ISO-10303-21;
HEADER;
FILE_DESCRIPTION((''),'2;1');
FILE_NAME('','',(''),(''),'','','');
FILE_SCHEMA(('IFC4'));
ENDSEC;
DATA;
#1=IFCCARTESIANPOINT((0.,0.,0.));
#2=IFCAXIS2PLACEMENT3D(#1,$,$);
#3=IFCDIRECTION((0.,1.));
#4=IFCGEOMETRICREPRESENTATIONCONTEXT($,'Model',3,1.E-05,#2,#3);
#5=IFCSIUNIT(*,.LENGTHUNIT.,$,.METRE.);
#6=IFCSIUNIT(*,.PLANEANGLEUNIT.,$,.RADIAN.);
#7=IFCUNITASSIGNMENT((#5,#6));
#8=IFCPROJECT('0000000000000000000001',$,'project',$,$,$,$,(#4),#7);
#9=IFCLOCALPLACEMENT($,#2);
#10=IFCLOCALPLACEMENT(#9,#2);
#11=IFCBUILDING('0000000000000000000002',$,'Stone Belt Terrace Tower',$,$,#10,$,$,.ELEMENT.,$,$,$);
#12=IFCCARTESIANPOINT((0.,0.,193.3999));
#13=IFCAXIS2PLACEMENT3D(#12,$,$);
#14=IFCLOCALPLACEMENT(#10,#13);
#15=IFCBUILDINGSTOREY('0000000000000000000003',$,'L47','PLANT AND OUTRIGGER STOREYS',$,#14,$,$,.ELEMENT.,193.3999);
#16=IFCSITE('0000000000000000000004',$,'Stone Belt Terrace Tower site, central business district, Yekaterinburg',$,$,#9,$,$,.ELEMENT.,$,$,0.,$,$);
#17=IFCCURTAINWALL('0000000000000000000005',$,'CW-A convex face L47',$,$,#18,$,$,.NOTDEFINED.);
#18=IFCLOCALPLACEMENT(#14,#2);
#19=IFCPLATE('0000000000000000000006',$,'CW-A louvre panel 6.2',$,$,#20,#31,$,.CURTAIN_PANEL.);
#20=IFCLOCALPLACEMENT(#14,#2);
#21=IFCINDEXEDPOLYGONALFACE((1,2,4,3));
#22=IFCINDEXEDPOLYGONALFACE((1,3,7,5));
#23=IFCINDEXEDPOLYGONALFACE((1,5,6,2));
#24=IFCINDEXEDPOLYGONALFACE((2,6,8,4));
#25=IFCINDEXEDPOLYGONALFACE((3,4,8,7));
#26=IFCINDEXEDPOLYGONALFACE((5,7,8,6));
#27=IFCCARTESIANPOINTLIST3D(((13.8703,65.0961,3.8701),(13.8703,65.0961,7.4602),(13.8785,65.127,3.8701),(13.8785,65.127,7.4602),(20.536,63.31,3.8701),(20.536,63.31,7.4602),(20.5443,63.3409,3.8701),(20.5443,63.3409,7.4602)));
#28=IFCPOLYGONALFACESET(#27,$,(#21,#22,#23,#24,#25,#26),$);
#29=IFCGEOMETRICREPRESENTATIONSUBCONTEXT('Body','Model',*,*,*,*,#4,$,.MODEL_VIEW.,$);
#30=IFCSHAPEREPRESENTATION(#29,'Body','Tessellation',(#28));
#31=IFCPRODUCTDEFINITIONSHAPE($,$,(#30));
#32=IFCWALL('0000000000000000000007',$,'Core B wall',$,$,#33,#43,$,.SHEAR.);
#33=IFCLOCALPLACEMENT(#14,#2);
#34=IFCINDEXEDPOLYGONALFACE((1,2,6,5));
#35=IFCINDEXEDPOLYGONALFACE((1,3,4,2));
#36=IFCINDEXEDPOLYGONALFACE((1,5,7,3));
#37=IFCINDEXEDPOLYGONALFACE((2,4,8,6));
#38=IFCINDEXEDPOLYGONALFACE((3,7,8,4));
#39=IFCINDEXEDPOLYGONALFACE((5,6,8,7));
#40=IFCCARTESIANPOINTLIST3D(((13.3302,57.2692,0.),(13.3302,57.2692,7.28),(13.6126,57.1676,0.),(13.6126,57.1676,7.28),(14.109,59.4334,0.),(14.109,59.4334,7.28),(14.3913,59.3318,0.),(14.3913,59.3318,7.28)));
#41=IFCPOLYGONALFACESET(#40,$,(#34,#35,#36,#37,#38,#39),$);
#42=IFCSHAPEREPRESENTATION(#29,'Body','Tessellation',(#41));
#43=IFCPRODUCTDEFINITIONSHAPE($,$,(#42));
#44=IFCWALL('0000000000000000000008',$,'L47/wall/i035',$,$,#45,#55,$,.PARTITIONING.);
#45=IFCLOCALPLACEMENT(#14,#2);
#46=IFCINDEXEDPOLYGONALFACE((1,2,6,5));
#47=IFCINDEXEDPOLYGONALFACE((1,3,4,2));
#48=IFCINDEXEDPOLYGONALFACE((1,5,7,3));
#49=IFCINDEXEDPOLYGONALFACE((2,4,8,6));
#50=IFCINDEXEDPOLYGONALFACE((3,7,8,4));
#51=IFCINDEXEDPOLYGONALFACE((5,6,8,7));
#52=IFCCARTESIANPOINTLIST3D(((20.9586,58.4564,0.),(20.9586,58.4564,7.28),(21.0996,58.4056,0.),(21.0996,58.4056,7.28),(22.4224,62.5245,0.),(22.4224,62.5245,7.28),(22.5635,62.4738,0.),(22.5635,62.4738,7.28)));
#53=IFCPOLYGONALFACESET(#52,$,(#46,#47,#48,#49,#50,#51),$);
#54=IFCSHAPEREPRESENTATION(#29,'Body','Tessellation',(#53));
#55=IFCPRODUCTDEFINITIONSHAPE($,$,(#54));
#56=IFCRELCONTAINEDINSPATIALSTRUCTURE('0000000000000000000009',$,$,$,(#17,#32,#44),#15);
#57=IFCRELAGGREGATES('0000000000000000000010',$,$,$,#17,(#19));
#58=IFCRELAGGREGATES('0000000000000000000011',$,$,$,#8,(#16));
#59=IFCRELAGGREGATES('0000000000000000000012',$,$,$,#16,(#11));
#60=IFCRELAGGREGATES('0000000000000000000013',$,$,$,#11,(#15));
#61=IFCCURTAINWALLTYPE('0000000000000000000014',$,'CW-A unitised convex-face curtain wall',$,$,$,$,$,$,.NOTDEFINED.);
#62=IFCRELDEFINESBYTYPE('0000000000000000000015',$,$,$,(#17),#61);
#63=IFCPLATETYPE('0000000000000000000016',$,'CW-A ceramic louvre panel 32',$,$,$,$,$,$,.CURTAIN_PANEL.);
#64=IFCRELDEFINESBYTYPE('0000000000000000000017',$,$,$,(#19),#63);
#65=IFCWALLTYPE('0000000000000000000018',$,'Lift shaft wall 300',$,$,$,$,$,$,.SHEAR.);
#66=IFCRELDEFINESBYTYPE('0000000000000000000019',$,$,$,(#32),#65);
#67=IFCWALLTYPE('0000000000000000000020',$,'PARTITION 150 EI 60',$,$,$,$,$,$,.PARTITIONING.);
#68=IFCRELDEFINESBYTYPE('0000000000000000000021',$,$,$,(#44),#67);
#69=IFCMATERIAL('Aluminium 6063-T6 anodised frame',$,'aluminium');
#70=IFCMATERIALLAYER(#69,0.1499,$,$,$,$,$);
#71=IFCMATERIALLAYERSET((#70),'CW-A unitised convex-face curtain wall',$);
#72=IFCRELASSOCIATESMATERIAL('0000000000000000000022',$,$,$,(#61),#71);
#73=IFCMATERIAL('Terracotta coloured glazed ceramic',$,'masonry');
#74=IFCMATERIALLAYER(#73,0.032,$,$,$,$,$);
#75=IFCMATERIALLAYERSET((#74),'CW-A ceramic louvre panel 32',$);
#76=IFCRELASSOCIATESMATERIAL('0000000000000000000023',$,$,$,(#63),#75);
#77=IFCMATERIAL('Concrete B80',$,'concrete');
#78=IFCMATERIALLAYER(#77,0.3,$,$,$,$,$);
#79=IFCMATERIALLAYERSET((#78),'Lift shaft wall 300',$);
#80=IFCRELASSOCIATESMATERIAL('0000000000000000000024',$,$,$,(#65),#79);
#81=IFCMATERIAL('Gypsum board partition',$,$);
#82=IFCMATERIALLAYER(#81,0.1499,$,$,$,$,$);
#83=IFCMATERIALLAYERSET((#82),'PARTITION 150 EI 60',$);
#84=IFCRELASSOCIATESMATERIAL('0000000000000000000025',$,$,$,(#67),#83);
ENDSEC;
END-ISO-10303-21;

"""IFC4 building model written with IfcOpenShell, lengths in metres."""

from ifc_helpers import new_model, si_unit, direction, frame, frame_2d, origin, origin_2d, place, context, subcontext, project, spatial, rectangle, extrude, material, layer, layer_set, type_object, element, aggregate, save


model = new_model("IFC4")

# Units and contexts
model_context = context("Model", 3, precision=1e-05, world=origin(), true_north=direction((0.0, 1.0)))
body_context = subcontext(model_context, "Body", "Model", "MODEL_VIEW")
ifc_project = project(units=[si_unit("LENGTHUNIT", "METRE"), si_unit("PLANEANGLEUNIT", "RADIAN")], contexts=[model_context])

# Site, building, storey
site_placement = place(None, origin())
site = spatial("IfcSite", under=ifc_project, at=site_placement, Name="Stone Belt Terrace Tower site, central business district, Yekaterinburg", CompositionType="ELEMENT", RefElevation=0.0)
building_placement = place(site_placement, origin())
building = spatial("IfcBuilding", under=site, at=building_placement, Name="Stone Belt Terrace Tower", CompositionType="ELEMENT")
storey_placement = place(building_placement, frame((0.0, 0.0, 193.3999)))
storey = spatial("IfcBuildingStorey", under=building, at=storey_placement, Name="L47", Description="PLANT AND OUTRIGGER STOREYS", CompositionType="ELEMENT", Elevation=193.3999)

# Shared definitions
ifc_material_1 = material(Name="Concrete B80", Category="concrete")

# Curtain wall, plate
ifc_material_2 = material(Name="Aluminium 6063-T6 anodised frame", Category="aluminium")
ifc_layer_1 = layer(ifc_material_2, 0.1499)
ifc_layer_set_1 = layer_set([ifc_layer_1], Name="CW-A unitised convex-face curtain wall")
curtain_wall_type = type_object("IfcCurtainWallType", Name="CW-A unitised convex-face curtain wall", PredefinedType="NOTDEFINED", material=ifc_layer_set_1)
curtain_wall_placement = place(storey_placement, origin())
curtain_wall = element("IfcCurtainWall", 1, at=curtain_wall_placement, inside=storey, type_object=curtain_wall_type, Name="CW-A convex face L47", PredefinedType="NOTDEFINED")
ifc_material_3 = material(Name="Terracotta coloured glazed ceramic", Category="masonry")
ifc_layer_2 = layer(ifc_material_3, 0.032)
ifc_layer_set_2 = layer_set([ifc_layer_2], Name="CW-A ceramic louvre panel 32")
plate_type = type_object("IfcPlateType", Name="CW-A ceramic louvre panel 32", PredefinedType="CURTAIN_PANEL", material=ifc_layer_set_2)
plate_1_placement = place(storey_placement, frame((17.2073, 64.2185, 3.8701), z_axis=(0.0, 0.0, 1.0), x_axis=(-0.965926, 0.258819, 0.0)))
plate_1 = element("IfcPlate", 2, at=plate_1_placement, type_object=plate_type, Name="CW-A louvre panel 6.2", PredefinedType="CURTAIN_PANEL", context=body_context, shape_type="SweptSolid", body=[
    extrude(rectangle(XDim=6.9009, YDim=0.032, at=origin_2d()), origin(), (0.0, 0.0, 1.0), 3.5901),
])
aggregate(curtain_wall, [plate_1])

# Walls
ifc_layer_3 = layer(ifc_material_1, 0.3)
ifc_layer_set_3 = layer_set([ifc_layer_3], Name="Lift shaft wall 300")
wall_type_1 = type_object("IfcWallType", Name="Lift shaft wall 300", PredefinedType="SHEAR", material=ifc_layer_set_3)
wall_1_placement = place(storey_placement, frame((13.4714, 57.2185, 0.0), z_axis=(0.0, 0.0, 1.0), x_axis=(0.338588, 0.940935, 0.0)))
element("IfcWall", 3, at=wall_1_placement, inside=storey, type_object=wall_type_1, Name="Core B wall", PredefinedType="SHEAR", context=body_context, shape_type="SweptSolid", body=[
    extrude(rectangle(XDim=2.3, YDim=0.3, at=frame_2d((1.1499, 0.0))), origin(), (0.0, 0.0, 1.0), 7.28),
])
ifc_material_4 = material(Name="Gypsum board partition")
ifc_layer_4 = layer(ifc_material_4, 0.1499)
ifc_layer_set_4 = layer_set([ifc_layer_4], Name="PARTITION 150 EI 60")
wall_type_2 = type_object("IfcWallType", Name="PARTITION 150 EI 60", PredefinedType="PARTITIONING", material=ifc_layer_set_4)
wall_2_placement = place(storey_placement, frame((22.4929, 62.499, 0.0), z_axis=(0.0, 0.0, 1.0), x_axis=(-0.338585, -0.940936, 0.0)))
element("IfcWall", 4, at=wall_2_placement, inside=storey, type_object=wall_type_2, Name="L47/wall/i035", PredefinedType="PARTITIONING", context=body_context, shape_type="SweptSolid", body=[
    extrude(rectangle(XDim=4.3235, YDim=0.1499, at=frame_2d((2.1616, 0.0))), origin(), (0.0, 0.0, 1.0), 7.28),
])

save(model, "model.ifc")
